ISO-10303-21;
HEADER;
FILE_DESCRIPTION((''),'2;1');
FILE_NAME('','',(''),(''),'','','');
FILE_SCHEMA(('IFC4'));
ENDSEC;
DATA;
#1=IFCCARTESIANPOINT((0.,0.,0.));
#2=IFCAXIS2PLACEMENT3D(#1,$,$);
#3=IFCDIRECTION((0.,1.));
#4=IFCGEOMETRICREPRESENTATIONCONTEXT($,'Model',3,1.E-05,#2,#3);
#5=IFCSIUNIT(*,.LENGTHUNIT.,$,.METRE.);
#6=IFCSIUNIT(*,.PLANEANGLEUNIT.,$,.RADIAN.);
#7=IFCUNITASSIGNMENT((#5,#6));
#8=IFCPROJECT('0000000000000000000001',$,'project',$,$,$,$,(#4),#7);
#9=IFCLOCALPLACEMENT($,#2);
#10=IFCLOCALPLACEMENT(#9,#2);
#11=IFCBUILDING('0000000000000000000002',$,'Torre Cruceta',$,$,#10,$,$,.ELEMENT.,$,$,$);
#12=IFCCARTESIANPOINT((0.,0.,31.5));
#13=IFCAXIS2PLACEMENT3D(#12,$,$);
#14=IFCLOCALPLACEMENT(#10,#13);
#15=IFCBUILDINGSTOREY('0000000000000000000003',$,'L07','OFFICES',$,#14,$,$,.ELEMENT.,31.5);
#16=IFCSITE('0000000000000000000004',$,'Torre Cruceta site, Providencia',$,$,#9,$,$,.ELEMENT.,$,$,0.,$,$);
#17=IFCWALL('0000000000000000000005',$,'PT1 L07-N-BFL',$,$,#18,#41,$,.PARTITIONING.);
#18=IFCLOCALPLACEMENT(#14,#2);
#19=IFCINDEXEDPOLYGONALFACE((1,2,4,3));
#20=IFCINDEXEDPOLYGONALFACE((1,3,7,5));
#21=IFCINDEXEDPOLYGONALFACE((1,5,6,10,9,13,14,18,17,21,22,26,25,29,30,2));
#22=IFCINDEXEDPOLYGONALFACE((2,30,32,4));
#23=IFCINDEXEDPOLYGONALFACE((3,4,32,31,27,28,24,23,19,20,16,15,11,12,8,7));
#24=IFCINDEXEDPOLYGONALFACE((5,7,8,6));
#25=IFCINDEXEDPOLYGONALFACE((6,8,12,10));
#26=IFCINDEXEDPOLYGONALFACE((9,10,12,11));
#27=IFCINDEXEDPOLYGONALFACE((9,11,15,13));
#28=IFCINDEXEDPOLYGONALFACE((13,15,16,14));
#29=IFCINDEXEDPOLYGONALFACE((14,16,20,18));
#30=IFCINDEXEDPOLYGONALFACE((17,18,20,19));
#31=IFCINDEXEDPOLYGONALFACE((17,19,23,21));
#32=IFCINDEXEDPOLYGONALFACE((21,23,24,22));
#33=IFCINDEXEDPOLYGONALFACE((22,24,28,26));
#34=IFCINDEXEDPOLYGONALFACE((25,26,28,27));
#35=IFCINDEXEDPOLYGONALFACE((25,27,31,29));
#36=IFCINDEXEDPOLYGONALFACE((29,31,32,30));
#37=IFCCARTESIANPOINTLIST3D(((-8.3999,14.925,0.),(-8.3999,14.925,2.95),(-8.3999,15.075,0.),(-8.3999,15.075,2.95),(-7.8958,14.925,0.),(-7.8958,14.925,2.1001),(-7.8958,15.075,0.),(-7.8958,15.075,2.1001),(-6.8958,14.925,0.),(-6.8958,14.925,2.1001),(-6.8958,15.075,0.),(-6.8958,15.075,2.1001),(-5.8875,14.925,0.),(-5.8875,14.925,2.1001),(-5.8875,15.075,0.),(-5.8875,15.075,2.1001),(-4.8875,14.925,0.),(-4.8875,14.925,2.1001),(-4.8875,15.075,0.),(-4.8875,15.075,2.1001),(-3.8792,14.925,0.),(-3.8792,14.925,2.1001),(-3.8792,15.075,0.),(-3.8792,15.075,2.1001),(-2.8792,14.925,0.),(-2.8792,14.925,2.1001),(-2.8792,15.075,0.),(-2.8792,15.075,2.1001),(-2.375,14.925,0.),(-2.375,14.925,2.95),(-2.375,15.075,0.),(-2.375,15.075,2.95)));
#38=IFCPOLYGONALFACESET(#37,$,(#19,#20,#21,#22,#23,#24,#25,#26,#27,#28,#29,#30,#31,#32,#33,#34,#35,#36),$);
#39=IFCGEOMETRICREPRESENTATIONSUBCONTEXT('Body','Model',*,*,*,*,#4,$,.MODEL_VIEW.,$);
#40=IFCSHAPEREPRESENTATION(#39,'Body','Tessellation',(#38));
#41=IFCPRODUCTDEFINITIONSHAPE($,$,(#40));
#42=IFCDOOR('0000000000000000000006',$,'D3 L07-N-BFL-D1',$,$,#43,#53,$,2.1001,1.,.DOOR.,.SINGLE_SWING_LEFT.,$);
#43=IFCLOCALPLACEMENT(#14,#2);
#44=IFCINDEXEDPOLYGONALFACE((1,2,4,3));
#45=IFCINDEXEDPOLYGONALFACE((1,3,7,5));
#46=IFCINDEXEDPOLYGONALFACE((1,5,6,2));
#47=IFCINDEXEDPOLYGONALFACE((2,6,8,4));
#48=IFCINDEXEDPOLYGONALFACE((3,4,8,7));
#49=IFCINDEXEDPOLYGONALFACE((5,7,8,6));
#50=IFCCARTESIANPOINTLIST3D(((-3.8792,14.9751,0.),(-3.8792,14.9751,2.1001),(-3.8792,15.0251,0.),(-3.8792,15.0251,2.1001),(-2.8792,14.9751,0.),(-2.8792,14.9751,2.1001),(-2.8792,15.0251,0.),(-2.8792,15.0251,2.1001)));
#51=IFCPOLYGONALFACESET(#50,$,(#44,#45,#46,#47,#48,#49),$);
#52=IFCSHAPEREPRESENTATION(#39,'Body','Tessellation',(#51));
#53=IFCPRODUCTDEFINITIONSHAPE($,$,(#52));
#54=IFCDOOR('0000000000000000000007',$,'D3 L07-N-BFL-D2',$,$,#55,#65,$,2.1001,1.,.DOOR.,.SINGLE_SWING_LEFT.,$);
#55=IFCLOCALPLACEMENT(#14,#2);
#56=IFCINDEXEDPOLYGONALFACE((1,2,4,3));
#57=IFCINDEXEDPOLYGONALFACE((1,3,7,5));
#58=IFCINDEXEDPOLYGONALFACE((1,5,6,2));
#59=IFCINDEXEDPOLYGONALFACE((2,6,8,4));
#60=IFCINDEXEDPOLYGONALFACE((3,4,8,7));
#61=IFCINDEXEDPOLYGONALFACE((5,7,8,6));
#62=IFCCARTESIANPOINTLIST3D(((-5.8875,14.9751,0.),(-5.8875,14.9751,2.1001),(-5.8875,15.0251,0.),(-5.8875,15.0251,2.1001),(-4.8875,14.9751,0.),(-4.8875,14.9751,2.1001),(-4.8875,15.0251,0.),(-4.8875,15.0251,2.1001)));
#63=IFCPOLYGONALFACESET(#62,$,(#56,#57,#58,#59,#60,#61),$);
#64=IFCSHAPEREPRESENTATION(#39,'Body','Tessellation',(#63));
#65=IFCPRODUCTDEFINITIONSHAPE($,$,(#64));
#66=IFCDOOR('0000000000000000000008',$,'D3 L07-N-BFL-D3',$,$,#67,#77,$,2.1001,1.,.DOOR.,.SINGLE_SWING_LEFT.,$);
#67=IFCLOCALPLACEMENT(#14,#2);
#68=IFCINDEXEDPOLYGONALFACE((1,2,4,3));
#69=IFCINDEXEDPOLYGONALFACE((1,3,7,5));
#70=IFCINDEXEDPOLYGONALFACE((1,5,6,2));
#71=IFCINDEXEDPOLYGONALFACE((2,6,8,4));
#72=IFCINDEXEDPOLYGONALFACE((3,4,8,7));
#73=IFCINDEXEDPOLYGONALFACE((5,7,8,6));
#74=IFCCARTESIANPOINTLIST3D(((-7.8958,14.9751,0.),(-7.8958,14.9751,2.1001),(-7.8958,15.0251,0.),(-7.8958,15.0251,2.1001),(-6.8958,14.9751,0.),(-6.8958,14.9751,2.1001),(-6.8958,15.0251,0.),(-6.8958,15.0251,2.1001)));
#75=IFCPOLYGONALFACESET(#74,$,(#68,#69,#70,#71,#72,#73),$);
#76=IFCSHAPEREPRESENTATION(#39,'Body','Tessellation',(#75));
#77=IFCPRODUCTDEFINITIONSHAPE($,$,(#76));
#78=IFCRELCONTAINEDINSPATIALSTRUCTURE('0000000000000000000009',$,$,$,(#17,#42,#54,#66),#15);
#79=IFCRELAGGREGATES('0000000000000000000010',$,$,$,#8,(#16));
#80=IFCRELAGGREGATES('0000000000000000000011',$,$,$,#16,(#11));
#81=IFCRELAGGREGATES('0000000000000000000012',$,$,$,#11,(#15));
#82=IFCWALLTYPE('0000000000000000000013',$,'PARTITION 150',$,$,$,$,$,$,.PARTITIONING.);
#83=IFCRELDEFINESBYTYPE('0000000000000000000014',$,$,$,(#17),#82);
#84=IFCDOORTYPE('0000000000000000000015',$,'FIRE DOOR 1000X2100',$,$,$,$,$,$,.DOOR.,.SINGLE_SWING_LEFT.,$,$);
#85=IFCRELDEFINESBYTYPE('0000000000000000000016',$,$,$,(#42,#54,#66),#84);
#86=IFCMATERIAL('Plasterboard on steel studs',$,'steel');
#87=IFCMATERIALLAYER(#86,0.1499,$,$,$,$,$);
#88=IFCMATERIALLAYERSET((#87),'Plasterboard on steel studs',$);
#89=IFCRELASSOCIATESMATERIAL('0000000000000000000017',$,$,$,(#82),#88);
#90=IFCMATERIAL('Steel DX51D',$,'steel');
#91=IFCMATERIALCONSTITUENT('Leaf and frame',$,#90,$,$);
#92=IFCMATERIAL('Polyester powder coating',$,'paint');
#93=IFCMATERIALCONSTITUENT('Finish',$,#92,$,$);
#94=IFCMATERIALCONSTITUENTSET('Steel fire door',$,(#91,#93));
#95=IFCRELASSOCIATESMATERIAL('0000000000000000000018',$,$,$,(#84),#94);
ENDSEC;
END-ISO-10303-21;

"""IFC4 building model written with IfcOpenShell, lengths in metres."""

from ifc_helpers import new_model, si_unit, direction, frame, frame_2d, origin, place, context, subcontext, project, spatial, rectangle, extrude, material, layer, layer_set, constituent, constituent_set, type_object, element, fill, save


model = new_model("IFC4")

# Units and contexts
model_context = context("Model", 3, precision=1e-05, world=origin(), true_north=direction((0.0, 1.0)))
body_context = subcontext(model_context, "Body", "Model", "MODEL_VIEW")
ifc_project = project(units=[si_unit("LENGTHUNIT", "METRE"), si_unit("PLANEANGLEUNIT", "RADIAN")], contexts=[model_context])

# Site, building, storey
site_placement = place(None, origin())
site = spatial("IfcSite", under=ifc_project, at=site_placement, Name="Torre Cruceta site, Providencia", CompositionType="ELEMENT", RefElevation=0.0)
building_placement = place(site_placement, origin())
building = spatial("IfcBuilding", under=site, at=building_placement, Name="Torre Cruceta", CompositionType="ELEMENT")
storey_placement = place(building_placement, frame((0.0, 0.0, 31.5)))
storey = spatial("IfcBuildingStorey", under=building, at=storey_placement, Name="L07", Description="OFFICES", CompositionType="ELEMENT", Elevation=31.5)

# Wall, openings, doors
ifc_material_1 = material(Name="Plasterboard on steel studs", Category="steel")
ifc_layer_1 = layer(ifc_material_1, 0.1499)
ifc_layer_set_1 = layer_set([ifc_layer_1], Name="Plasterboard on steel studs")
wall_type_1 = type_object("IfcWallType", Name="PARTITION 150", PredefinedType="PARTITIONING", material=ifc_layer_set_1)
wall_1_placement = place(storey_placement, frame((-2.375, 15.0, 0.0), z_axis=(0.0, 0.0, 1.0), x_axis=(-1.0, 0.0, 0.0)))
wall_1 = element("IfcWall", 1, at=wall_1_placement, inside=storey, type_object=wall_type_1, Name="PT1 L07-N-BFL", PredefinedType="PARTITIONING", context=body_context, shape_type="SweptSolid", body=[
    extrude(rectangle(XDim=6.0249, YDim=0.1499, at=frame_2d((3.0125, 0.0))), origin(), (0.0, 0.0, 1.0), 2.95),
])
opening_1_placement = place(wall_1_placement, frame((0.5042, 0.0, 0.0)))
opening_1 = element("IfcOpeningElement", 2, at=opening_1_placement, cuts=wall_1, PredefinedType="OPENING", context=body_context, shape_type="SweptSolid", body=[
    extrude(rectangle(XDim=1.0, YDim=2.1001, at=frame_2d((0.5, 1.05))), frame((0.0, 0.085, 0.0), z_axis=(0.0, -1.0, 0.0), x_axis=(1.0, 0.0, 0.0)), (0.0, 0.0, 1.0), 0.1699),
])
opening_2_placement = place(wall_1_placement, frame((2.5125, 0.0, 0.0)))
opening_2 = element("IfcOpeningElement", 3, at=opening_2_placement, cuts=wall_1, PredefinedType="OPENING", context=body_context, shape_type="SweptSolid", body=[
    extrude(rectangle(XDim=1.0, YDim=2.1001, at=frame_2d((0.5, 1.05))), frame((0.0, 0.085, 0.0), z_axis=(0.0, -1.0, 0.0), x_axis=(1.0, 0.0, 0.0)), (0.0, 0.0, 1.0), 0.1699),
])
opening_3_placement = place(wall_1_placement, frame((4.5208, 0.0, 0.0)))
opening_3 = element("IfcOpeningElement", 4, at=opening_3_placement, cuts=wall_1, PredefinedType="OPENING", context=body_context, shape_type="SweptSolid", body=[
    extrude(rectangle(XDim=1.0, YDim=2.1001, at=frame_2d((0.5, 1.05))), frame((0.0, 0.085, 0.0), z_axis=(0.0, -1.0, 0.0), x_axis=(1.0, 0.0, 0.0)), (0.0, 0.0, 1.0), 0.1699),
])
ifc_material_2 = material(Name="Steel DX51D", Category="steel")
ifc_constituent_1 = constituent(ifc_material_2, Name="Leaf and frame")
ifc_material_3 = material(Name="Polyester powder coating", Category="paint")
ifc_constituent_2 = constituent(ifc_material_3, Name="Finish")
ifc_constituent_set_1 = constituent_set(constituents=[ifc_constituent_1, ifc_constituent_2], Name="Steel fire door")
door_type = type_object("IfcDoorType", Name="FIRE DOOR 1000X2100", OperationType="SINGLE_SWING_LEFT", PredefinedType="DOOR", material=ifc_constituent_set_1)
door_1_placement = place(opening_1_placement, origin())
door_1 = element("IfcDoor", 5, at=door_1_placement, inside=storey, type_object=door_type, Name="D3 L07-N-BFL-D1", OperationType="SINGLE_SWING_LEFT", OverallHeight=2.1001, OverallWidth=1.0, PredefinedType="DOOR", context=body_context, shape_type="SweptSolid", body=[
    extrude(rectangle(XDim=1.0, YDim=2.1001, at=frame_2d((0.5, 1.05))), frame((0.0, 0.0249, 0.0), z_axis=(0.0, -1.0, 0.0), x_axis=(1.0, 0.0, 0.0)), (0.0, 0.0, 1.0), 0.05),
])
fill(opening_1, door_1)
door_2_placement = place(opening_2_placement, origin())
door_2 = element("IfcDoor", 6, at=door_2_placement, inside=storey, type_object=door_type, Name="D3 L07-N-BFL-D2", OperationType="SINGLE_SWING_LEFT", OverallHeight=2.1001, OverallWidth=1.0, PredefinedType="DOOR", context=body_context, shape_type="SweptSolid", body=[
    extrude(rectangle(XDim=1.0, YDim=2.1001, at=frame_2d((0.5, 1.05))), frame((0.0, 0.0249, 0.0), z_axis=(0.0, -1.0, 0.0), x_axis=(1.0, 0.0, 0.0)), (0.0, 0.0, 1.0), 0.05),
])
fill(opening_2, door_2)
door_3_placement = place(opening_3_placement, origin())
door_3 = element("IfcDoor", 7, at=door_3_placement, inside=storey, type_object=door_type, Name="D3 L07-N-BFL-D3", OperationType="SINGLE_SWING_LEFT", OverallHeight=2.1001, OverallWidth=1.0, PredefinedType="DOOR", context=body_context, shape_type="SweptSolid", body=[
    extrude(rectangle(XDim=1.0, YDim=2.1001, at=frame_2d((0.5, 1.05))), frame((0.0, 0.0249, 0.0), z_axis=(0.0, -1.0, 0.0), x_axis=(1.0, 0.0, 0.0)), (0.0, 0.0, 1.0), 0.05),
])
fill(opening_3, door_3)

save(model, "model.ifc")
